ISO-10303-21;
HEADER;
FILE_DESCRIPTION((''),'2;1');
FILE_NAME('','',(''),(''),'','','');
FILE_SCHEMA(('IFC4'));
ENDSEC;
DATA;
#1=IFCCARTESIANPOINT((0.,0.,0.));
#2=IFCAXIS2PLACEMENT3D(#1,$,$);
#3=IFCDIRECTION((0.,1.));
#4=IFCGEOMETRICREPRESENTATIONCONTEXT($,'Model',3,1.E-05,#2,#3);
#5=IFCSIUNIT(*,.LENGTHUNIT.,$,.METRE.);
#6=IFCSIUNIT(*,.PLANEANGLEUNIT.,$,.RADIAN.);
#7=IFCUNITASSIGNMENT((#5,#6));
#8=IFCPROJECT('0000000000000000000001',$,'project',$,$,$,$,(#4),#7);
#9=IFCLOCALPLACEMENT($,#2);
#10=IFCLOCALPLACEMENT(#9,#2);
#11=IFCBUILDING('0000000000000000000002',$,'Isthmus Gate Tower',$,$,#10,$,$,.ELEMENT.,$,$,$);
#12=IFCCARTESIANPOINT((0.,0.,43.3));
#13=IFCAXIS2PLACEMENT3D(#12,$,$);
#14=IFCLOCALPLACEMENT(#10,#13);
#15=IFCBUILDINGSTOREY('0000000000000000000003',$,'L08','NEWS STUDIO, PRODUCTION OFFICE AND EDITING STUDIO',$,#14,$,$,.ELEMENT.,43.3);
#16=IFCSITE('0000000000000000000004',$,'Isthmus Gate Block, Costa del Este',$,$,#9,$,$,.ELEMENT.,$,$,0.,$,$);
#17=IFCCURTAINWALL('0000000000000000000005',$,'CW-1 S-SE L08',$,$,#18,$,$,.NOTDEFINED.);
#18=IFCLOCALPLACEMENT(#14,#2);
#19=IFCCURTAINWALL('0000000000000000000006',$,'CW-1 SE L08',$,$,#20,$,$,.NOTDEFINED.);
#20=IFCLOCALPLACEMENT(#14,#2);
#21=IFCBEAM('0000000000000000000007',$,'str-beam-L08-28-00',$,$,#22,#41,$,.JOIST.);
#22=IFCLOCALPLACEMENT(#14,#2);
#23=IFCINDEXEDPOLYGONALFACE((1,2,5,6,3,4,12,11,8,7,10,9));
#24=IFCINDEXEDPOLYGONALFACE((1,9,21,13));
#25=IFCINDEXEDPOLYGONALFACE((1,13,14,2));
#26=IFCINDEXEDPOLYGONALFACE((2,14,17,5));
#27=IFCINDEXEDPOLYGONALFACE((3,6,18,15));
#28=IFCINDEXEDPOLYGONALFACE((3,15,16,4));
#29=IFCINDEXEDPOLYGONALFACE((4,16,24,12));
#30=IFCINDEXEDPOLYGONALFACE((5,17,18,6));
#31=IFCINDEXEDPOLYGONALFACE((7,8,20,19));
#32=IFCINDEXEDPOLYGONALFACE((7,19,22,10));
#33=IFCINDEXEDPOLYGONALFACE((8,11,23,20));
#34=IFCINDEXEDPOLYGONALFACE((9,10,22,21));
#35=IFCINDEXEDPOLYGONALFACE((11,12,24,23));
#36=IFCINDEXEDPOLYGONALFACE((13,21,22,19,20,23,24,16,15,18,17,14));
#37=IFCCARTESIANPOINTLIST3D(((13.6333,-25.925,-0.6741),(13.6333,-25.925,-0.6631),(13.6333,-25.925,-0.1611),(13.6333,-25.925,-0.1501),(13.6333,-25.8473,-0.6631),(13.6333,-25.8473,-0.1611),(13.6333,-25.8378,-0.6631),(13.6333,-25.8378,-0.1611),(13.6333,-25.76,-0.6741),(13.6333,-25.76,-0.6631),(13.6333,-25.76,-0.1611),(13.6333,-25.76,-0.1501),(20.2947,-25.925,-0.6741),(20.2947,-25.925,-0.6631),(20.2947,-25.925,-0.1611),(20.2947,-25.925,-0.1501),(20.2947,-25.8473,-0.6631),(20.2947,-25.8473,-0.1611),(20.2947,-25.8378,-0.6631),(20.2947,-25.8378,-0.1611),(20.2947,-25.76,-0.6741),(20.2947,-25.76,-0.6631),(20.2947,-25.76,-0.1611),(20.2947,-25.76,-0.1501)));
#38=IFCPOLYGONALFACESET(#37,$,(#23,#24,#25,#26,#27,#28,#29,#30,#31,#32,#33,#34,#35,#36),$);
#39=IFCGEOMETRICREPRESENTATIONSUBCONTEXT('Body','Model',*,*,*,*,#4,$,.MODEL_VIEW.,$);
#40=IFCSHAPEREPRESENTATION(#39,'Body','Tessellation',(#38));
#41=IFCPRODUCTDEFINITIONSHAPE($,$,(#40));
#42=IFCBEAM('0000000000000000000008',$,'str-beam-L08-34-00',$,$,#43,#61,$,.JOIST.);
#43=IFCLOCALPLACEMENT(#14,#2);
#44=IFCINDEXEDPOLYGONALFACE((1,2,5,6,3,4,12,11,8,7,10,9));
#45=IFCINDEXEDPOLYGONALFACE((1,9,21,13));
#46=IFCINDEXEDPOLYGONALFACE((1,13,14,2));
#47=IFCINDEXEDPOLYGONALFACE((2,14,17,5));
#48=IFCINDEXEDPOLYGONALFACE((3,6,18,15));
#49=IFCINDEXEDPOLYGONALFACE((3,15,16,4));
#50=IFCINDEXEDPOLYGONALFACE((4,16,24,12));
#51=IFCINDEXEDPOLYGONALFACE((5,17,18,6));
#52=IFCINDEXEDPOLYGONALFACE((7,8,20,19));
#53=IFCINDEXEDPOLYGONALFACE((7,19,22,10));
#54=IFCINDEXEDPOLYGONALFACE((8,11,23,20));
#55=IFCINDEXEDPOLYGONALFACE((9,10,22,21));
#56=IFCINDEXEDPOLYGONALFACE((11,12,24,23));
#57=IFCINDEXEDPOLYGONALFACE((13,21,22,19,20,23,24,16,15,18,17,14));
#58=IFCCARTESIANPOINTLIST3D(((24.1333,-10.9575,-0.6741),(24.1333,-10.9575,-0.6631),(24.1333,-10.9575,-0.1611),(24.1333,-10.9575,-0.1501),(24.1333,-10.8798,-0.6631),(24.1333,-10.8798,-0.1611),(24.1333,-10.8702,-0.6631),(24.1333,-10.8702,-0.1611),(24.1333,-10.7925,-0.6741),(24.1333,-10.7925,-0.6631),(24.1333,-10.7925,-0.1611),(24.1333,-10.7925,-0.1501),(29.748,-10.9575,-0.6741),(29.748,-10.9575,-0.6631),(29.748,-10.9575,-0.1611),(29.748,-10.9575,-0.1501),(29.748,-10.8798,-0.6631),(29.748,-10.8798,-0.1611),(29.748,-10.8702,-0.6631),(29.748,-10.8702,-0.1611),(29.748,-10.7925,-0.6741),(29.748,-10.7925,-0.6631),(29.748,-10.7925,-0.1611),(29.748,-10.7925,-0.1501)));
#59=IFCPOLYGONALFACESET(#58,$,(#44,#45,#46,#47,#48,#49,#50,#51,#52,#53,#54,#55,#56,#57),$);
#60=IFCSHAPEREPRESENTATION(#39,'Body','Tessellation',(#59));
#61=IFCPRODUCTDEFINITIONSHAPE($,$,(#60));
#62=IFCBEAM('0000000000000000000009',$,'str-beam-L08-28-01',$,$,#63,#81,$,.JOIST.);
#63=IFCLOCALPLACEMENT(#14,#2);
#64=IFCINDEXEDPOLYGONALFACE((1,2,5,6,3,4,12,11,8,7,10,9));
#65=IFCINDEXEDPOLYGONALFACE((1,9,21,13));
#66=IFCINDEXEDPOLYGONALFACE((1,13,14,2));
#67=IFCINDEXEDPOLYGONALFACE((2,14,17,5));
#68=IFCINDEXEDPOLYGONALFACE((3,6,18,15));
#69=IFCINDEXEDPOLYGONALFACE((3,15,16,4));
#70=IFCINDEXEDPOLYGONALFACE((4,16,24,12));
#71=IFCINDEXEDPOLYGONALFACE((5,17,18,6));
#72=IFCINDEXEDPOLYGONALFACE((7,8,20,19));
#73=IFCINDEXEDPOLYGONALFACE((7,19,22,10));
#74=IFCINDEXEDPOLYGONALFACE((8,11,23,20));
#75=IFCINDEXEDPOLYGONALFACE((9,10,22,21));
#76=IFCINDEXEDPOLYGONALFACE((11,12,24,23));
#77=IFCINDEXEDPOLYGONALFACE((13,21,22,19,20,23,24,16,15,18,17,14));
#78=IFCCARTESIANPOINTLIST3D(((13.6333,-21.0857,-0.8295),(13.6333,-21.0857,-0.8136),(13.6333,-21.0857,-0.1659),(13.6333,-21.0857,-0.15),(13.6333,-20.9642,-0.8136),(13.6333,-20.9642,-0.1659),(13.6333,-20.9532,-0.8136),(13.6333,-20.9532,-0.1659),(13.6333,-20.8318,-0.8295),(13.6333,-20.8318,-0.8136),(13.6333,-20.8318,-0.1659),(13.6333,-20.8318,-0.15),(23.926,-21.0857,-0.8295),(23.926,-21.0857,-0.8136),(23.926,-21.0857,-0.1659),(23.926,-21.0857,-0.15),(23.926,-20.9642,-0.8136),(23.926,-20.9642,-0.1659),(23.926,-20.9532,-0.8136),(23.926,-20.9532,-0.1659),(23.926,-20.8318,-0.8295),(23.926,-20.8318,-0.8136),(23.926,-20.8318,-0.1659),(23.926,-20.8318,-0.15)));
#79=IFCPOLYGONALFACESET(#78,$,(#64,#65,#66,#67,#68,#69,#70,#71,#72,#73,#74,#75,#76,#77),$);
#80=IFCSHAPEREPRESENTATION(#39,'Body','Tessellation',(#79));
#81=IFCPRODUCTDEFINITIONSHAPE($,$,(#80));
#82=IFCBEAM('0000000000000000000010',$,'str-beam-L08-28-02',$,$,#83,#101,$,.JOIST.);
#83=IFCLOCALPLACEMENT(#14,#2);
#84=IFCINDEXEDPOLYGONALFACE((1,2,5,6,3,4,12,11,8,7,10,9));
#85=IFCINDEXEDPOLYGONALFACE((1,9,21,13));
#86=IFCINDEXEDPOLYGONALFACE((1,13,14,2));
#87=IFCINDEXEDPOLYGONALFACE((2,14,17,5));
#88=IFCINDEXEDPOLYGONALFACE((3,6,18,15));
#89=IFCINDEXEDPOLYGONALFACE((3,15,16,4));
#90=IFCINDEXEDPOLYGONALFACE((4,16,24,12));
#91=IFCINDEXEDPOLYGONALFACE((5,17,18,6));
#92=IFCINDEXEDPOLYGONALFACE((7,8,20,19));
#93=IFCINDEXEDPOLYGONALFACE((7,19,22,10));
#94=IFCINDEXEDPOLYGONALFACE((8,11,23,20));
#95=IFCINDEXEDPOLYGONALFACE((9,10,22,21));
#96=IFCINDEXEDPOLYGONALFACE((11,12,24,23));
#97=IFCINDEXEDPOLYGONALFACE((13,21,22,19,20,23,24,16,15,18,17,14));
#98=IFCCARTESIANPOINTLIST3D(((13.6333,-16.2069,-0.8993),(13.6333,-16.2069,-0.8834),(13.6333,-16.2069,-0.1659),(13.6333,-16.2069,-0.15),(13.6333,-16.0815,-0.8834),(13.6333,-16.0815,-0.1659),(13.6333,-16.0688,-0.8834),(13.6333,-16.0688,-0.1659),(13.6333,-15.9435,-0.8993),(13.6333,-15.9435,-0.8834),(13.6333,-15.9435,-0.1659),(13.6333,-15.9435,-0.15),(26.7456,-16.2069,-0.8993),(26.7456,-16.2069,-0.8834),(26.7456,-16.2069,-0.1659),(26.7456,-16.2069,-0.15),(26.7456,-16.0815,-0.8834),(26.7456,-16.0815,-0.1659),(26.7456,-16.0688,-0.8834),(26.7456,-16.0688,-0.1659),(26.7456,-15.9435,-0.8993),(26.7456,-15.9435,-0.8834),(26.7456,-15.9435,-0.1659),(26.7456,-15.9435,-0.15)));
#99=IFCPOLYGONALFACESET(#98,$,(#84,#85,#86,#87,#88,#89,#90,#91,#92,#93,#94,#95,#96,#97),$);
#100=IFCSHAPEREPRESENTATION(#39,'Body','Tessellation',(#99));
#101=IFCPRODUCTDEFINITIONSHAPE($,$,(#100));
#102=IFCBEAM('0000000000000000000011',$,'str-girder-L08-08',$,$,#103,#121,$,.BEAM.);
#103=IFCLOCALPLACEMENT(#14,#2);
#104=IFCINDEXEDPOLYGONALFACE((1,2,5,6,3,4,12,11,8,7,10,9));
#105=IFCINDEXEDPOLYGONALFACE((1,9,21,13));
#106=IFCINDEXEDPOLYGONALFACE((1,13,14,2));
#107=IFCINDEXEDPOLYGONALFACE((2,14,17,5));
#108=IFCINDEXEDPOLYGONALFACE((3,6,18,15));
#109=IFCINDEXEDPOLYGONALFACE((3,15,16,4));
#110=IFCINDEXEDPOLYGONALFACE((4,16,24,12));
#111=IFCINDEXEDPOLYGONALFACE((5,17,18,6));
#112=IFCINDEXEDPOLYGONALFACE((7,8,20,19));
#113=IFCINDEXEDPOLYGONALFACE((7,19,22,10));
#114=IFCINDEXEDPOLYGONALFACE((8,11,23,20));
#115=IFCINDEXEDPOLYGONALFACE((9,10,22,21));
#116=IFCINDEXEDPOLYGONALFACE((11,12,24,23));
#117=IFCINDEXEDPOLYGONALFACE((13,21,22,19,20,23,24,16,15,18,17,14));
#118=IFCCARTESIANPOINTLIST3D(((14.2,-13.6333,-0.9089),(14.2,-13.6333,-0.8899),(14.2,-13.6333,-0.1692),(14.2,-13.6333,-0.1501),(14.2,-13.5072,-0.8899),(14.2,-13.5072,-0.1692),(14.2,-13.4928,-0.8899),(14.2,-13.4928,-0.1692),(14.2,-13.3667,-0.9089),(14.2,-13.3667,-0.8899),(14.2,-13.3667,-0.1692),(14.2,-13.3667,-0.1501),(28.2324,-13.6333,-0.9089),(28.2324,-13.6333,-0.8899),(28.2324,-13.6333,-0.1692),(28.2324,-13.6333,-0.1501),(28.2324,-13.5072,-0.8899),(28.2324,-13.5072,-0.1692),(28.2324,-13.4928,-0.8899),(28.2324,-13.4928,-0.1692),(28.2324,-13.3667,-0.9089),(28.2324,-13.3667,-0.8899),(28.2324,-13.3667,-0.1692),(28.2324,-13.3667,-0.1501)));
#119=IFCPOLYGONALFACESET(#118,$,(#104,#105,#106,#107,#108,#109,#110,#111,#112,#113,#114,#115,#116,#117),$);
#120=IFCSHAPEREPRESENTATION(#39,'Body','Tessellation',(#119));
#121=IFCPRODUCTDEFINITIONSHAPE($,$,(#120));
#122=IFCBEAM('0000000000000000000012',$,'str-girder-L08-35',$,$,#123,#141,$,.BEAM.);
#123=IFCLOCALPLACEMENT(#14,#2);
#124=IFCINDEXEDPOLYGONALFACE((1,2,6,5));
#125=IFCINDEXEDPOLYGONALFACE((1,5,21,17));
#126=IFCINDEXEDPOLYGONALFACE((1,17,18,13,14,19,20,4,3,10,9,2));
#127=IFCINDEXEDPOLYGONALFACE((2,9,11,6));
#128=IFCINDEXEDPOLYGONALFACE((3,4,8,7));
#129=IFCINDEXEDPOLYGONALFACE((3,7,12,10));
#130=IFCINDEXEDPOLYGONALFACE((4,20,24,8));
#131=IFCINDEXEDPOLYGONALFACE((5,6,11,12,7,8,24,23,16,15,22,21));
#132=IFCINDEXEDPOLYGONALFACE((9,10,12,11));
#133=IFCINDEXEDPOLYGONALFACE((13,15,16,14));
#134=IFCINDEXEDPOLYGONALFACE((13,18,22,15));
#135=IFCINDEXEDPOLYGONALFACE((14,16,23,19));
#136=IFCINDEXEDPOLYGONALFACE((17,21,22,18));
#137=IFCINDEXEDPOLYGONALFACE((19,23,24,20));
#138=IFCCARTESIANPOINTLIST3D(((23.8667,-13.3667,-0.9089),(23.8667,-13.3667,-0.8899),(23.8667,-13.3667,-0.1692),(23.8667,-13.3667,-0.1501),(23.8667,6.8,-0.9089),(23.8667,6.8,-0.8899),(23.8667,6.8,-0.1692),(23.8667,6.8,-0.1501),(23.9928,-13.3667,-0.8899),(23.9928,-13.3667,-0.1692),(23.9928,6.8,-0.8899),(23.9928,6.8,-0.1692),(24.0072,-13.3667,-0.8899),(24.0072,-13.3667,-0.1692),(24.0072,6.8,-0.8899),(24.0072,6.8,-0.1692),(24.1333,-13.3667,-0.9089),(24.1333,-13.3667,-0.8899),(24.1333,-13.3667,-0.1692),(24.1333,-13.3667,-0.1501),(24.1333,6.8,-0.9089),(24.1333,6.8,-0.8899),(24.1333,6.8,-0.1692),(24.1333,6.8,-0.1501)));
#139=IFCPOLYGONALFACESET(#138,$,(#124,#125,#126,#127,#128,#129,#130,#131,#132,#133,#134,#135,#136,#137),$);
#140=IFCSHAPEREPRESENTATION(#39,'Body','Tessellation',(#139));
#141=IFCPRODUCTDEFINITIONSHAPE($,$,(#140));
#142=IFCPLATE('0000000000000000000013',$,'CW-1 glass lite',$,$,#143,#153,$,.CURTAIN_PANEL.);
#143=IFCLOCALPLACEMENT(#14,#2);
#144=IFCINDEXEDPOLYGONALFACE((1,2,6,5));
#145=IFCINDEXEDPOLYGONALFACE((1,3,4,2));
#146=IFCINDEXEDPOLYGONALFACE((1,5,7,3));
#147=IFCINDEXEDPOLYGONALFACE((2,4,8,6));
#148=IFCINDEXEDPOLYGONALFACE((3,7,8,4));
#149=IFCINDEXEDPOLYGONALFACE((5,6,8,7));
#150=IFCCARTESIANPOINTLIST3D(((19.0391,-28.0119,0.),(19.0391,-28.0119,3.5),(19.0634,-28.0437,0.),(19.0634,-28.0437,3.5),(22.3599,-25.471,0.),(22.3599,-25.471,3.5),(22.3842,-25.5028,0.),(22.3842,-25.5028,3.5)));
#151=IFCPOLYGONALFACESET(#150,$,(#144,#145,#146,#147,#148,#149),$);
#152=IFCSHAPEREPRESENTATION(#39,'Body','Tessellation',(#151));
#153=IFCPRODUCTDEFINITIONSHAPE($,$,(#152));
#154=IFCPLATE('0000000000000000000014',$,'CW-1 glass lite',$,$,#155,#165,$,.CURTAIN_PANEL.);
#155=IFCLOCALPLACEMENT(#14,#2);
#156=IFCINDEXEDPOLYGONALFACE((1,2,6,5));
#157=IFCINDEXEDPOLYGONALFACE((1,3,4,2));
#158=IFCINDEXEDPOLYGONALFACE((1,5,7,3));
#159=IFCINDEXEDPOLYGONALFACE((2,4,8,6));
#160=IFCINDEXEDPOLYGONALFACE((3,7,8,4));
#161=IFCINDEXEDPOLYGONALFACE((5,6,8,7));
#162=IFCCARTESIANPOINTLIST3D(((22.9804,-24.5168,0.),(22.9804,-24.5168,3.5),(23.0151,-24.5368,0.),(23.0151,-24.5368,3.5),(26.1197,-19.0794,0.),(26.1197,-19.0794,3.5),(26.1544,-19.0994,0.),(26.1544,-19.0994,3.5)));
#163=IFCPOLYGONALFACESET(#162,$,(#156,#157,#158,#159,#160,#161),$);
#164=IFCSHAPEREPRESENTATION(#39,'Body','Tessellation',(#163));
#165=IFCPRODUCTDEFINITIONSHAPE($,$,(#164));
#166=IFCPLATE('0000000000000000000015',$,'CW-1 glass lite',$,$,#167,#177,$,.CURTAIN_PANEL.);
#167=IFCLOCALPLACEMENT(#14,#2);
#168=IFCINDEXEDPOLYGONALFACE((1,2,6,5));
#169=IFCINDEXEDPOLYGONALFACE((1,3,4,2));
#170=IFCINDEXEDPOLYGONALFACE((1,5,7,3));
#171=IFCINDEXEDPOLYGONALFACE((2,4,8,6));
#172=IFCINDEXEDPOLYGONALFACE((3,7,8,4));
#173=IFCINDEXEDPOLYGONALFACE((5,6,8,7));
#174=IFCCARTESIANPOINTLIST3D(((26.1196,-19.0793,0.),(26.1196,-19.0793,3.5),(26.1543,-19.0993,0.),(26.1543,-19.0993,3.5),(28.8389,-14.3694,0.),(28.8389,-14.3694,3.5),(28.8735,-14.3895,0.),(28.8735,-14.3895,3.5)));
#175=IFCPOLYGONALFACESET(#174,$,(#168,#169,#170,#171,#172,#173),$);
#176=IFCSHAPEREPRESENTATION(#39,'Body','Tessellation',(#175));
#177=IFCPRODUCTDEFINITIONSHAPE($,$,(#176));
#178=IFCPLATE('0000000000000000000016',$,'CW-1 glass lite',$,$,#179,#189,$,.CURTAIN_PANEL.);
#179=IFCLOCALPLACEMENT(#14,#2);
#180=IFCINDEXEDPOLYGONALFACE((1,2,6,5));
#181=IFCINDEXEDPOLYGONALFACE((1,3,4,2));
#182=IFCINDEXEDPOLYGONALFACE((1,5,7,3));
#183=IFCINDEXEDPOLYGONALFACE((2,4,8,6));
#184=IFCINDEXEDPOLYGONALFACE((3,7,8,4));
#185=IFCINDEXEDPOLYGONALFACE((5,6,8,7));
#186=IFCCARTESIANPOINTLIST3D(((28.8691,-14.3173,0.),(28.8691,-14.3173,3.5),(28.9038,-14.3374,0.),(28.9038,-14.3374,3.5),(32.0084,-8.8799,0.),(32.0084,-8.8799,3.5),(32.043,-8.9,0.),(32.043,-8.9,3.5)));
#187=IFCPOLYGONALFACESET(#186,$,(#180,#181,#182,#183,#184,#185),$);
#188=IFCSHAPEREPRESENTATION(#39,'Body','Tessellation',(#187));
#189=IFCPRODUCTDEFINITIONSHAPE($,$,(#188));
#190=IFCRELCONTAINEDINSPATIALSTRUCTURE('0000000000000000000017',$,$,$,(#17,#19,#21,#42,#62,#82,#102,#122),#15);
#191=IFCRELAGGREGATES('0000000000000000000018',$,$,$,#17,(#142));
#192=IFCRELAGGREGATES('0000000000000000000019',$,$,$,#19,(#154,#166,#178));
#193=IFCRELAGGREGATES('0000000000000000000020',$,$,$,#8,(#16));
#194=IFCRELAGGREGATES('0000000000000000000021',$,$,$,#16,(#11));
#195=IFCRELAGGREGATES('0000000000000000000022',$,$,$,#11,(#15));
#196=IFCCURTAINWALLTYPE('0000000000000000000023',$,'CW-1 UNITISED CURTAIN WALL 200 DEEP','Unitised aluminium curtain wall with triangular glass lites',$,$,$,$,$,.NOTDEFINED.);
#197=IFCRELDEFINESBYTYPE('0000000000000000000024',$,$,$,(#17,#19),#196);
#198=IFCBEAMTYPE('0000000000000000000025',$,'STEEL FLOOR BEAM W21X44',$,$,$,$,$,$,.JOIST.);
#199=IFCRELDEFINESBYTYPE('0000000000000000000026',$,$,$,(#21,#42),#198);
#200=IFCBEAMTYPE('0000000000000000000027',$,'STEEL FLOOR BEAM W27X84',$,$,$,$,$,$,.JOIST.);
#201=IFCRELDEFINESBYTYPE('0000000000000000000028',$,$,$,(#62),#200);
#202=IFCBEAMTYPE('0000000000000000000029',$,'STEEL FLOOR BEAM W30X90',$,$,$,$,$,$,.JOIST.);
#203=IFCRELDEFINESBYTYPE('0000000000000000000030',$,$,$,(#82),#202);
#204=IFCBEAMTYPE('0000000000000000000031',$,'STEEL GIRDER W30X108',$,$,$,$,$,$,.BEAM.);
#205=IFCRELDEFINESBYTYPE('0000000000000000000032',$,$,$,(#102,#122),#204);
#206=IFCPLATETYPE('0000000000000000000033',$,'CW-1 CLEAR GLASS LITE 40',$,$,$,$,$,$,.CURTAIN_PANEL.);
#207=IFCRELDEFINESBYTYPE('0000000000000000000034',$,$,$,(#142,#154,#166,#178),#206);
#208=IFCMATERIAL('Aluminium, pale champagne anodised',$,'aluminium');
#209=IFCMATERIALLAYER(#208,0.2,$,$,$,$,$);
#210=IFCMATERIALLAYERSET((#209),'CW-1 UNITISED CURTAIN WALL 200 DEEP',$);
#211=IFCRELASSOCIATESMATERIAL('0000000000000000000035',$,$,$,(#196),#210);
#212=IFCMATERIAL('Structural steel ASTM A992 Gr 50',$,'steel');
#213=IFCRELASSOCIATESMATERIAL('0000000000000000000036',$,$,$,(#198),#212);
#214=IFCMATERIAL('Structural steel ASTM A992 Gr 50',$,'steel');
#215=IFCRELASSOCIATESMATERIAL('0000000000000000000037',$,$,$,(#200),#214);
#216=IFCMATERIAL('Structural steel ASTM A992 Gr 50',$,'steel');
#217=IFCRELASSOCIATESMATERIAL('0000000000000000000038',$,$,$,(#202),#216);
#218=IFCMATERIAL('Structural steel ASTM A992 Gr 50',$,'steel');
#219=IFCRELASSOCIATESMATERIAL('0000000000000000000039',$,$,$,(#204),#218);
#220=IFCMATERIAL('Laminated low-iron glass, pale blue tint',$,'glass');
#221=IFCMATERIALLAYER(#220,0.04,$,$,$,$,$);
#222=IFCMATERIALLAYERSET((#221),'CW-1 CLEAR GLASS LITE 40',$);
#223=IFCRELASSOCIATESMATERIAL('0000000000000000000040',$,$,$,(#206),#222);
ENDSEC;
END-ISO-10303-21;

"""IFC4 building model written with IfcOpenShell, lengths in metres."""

from ifc_helpers import new_model, si_unit, direction, frame, origin, origin_2d, place, context, subcontext, project, spatial, rectangle, i_section, extrude, material, layer, layer_set, material_profile, profile_set, type_object, element, aggregate, save


model = new_model("IFC4")

# Units and contexts
model_context = context("Model", 3, precision=1e-05, world=origin(), true_north=direction((0.0, 1.0)))
body_context = subcontext(model_context, "Body", "Model", "MODEL_VIEW")
ifc_project = project(units=[si_unit("LENGTHUNIT", "METRE"), si_unit("PLANEANGLEUNIT", "RADIAN")], contexts=[model_context])

# Site, building, storey
site_placement = place(None, origin())
site = spatial("IfcSite", under=ifc_project, at=site_placement, Name="Isthmus Gate Block, Costa del Este", CompositionType="ELEMENT", RefElevation=0.0)
building_placement = place(site_placement, origin())
building = spatial("IfcBuilding", under=site, at=building_placement, Name="Isthmus Gate Tower", CompositionType="ELEMENT")
storey_placement = place(building_placement, frame((0.0, 0.0, 43.3)))
storey = spatial("IfcBuildingStorey", under=building, at=storey_placement, Name="L08", Description="NEWS STUDIO, PRODUCTION OFFICE AND EDITING STUDIO", CompositionType="ELEMENT", Elevation=43.3)

# Curtain wall
ifc_material_1 = material(Name="Aluminium, pale champagne anodised", Category="aluminium")
ifc_layer_1 = layer(ifc_material_1, 0.2)
ifc_layer_set_1 = layer_set([ifc_layer_1], Name="CW-1 UNITISED CURTAIN WALL 200 DEEP")
curtain_wall_type = type_object("IfcCurtainWallType", Name="CW-1 UNITISED CURTAIN WALL 200 DEEP", Description="Unitised aluminium curtain wall with triangular glass lites", PredefinedType="NOTDEFINED", material=ifc_layer_set_1)
curtain_wall_1_placement = place(storey_placement, origin())
curtain_wall_1 = element("IfcCurtainWall", 1, at=curtain_wall_1_placement, inside=storey, type_object=curtain_wall_type, Name="CW-1 S-SE L08", PredefinedType="NOTDEFINED")

# Curtain wall
curtain_wall_2_placement = place(storey_placement, origin())
curtain_wall_2 = element("IfcCurtainWall", 2, at=curtain_wall_2_placement, inside=storey, type_object=curtain_wall_type, Name="CW-1 SE L08", PredefinedType="NOTDEFINED")

# Beams
ifc_material_2 = material(Name="Structural steel ASTM A992 Gr 50", Category="steel")
ifc_material_profile_1 = material_profile(ifc_material_2, i_section(OverallWidth=0.165, OverallDepth=0.5239, WebThickness=0.0095, FlangeThickness=0.011, at=origin_2d()), Name="W21X44")
ifc_profile_set_1 = profile_set([ifc_material_profile_1], Name="Structural steel ASTM A992 Gr 50")
beam_type_1 = type_object("IfcBeamType", Name="STEEL FLOOR BEAM W21X44", PredefinedType="JOIST", material=ifc_profile_set_1)
beam_1_placement = place(storey_placement, frame((13.6333, -25.8425, -0.4121), z_axis=(1.0, 0.0, 0.0), x_axis=(0.0, 1.0, 0.0)))
element("IfcBeam", 3, at=beam_1_placement, inside=storey, type_object=beam_type_1, Name="str-beam-L08-28-00", PredefinedType="JOIST", context=body_context, shape_type="SweptSolid", body=[
    extrude(i_section(OverallWidth=0.165, OverallDepth=0.5239, WebThickness=0.0095, FlangeThickness=0.011, at=origin_2d()), origin(), (0.0, 0.0, 1.0), 6.6614),
])
beam_2_placement = place(storey_placement, frame((24.1333, -10.875, -0.4121), z_axis=(1.0, 0.0, 0.0), x_axis=(0.0, 1.0, 0.0)))
element("IfcBeam", 4, at=beam_2_placement, inside=storey, type_object=beam_type_1, Name="str-beam-L08-34-00", PredefinedType="JOIST", context=body_context, shape_type="SweptSolid", body=[
    extrude(i_section(OverallWidth=0.165, OverallDepth=0.5239, WebThickness=0.0095, FlangeThickness=0.011, at=origin_2d()), origin(), (0.0, 0.0, 1.0), 5.6147),
])
ifc_material_3 = material(Name="Structural steel ASTM A992 Gr 50", Category="steel")
ifc_material_profile_2 = material_profile(ifc_material_3, i_section(OverallWidth=0.2539, OverallDepth=0.6794, WebThickness=0.011, FlangeThickness=0.0159, at=origin_2d()), Name="W27X84")
ifc_profile_set_2 = profile_set([ifc_material_profile_2], Name="Structural steel ASTM A992 Gr 50")
beam_type_2 = type_object("IfcBeamType", Name="STEEL FLOOR BEAM W27X84", PredefinedType="JOIST", material=ifc_profile_set_2)
beam_3_placement = place(storey_placement, frame((13.6333, -20.9587, -0.4897), z_axis=(1.0, 0.0, 0.0), x_axis=(0.0, 1.0, 0.0)))
element("IfcBeam", 5, at=beam_3_placement, inside=storey, type_object=beam_type_2, Name="str-beam-L08-28-01", PredefinedType="JOIST", context=body_context, shape_type="SweptSolid", body=[
    extrude(i_section(OverallWidth=0.2539, OverallDepth=0.6794, WebThickness=0.011, FlangeThickness=0.0159, at=origin_2d()), origin(), (0.0, 0.0, 1.0), 10.2927),
])
ifc_material_4 = material(Name="Structural steel ASTM A992 Gr 50", Category="steel")
ifc_material_profile_3 = material_profile(ifc_material_4, i_section(OverallWidth=0.2634, OverallDepth=0.7493, WebThickness=0.0127, FlangeThickness=0.0159, at=origin_2d()), Name="W30X90")
ifc_profile_set_3 = profile_set([ifc_material_profile_3], Name="Structural steel ASTM A992 Gr 50")
beam_type_3 = type_object("IfcBeamType", Name="STEEL FLOOR BEAM W30X90", PredefinedType="JOIST", material=ifc_profile_set_3)
beam_4_placement = place(storey_placement, frame((13.6333, -16.0752, -0.5247), z_axis=(1.0, 0.0, 0.0), x_axis=(0.0, 1.0, 0.0)))
element("IfcBeam", 6, at=beam_4_placement, inside=storey, type_object=beam_type_3, Name="str-beam-L08-28-02", PredefinedType="JOIST", context=body_context, shape_type="SweptSolid", body=[
    extrude(i_section(OverallWidth=0.2634, OverallDepth=0.7493, WebThickness=0.0127, FlangeThickness=0.0159, at=origin_2d()), origin(), (0.0, 0.0, 1.0), 13.1123),
])
ifc_material_5 = material(Name="Structural steel ASTM A992 Gr 50", Category="steel")
ifc_material_profile_4 = material_profile(ifc_material_5, i_section(OverallWidth=0.2666, OverallDepth=0.7588, WebThickness=0.0144, FlangeThickness=0.019, at=origin_2d()), Name="W30X108")
ifc_profile_set_4 = profile_set([ifc_material_profile_4], Name="Structural steel ASTM A992 Gr 50")
beam_type_4 = type_object("IfcBeamType", Name="STEEL GIRDER W30X108", PredefinedType="BEAM", material=ifc_profile_set_4)
beam_5_placement = place(storey_placement, frame((14.2, -13.5, -0.5295), z_axis=(1.0, 0.0, 0.0), x_axis=(0.0, 1.0, 0.0)))
element("IfcBeam", 7, at=beam_5_placement, inside=storey, type_object=beam_type_4, Name="str-girder-L08-08", PredefinedType="BEAM", context=body_context, shape_type="SweptSolid", body=[
    extrude(i_section(OverallWidth=0.2666, OverallDepth=0.7588, WebThickness=0.0144, FlangeThickness=0.019, at=origin_2d()), origin(), (0.0, 0.0, 1.0), 14.0325),
])
beam_6_placement = place(storey_placement, frame((24.0, -13.3667, -0.5295), z_axis=(0.0, 1.0, 0.0), x_axis=(-1.0, 0.0, 0.0)))
element("IfcBeam", 8, at=beam_6_placement, inside=storey, type_object=beam_type_4, Name="str-girder-L08-35", PredefinedType="BEAM", context=body_context, shape_type="SweptSolid", body=[
    extrude(i_section(OverallWidth=0.2666, OverallDepth=0.7588, WebThickness=0.0144, FlangeThickness=0.019, at=origin_2d()), origin(), (0.0, 0.0, 1.0), 20.1667),
])

# Plates
ifc_material_6 = material(Name="Laminated low-iron glass, pale blue tint", Category="glass")
ifc_layer_2 = layer(ifc_material_6, 0.04)
ifc_layer_set_2 = layer_set([ifc_layer_2], Name="CW-1 CLEAR GLASS LITE 40")
plate_type = type_object("IfcPlateType", Name="CW-1 CLEAR GLASS LITE 40", PredefinedType="CURTAIN_PANEL", material=ifc_layer_set_2)
plate_1_placement = place(storey_placement, frame((20.7117, -26.7573, 0.0), z_axis=(0.0, 0.0, 1.0), x_axis=(0.794189, 0.607671, 0.0)))
plate_1 = element("IfcPlate", 9, at=plate_1_placement, type_object=plate_type, Name="CW-1 glass lite", PredefinedType="CURTAIN_PANEL", context=body_context, shape_type="SweptSolid", body=[
    extrude(rectangle(XDim=4.1814, YDim=0.04, at=origin_2d()), origin(), (0.0, 0.0, 1.0), 3.5),
])
aggregate(curtain_wall_1, [plate_1])
plate_2_placement = place(storey_placement, frame((24.5674, -21.8081, 0.0), z_axis=(0.0, 0.0, 1.0), x_axis=(0.5, 0.866025, 0.0)))
plate_2 = element("IfcPlate", 10, at=plate_2_placement, type_object=plate_type, Name="CW-1 glass lite", PredefinedType="CURTAIN_PANEL", context=body_context, shape_type="SweptSolid", body=[
    extrude(rectangle(XDim=6.2786, YDim=0.04, at=origin_2d()), origin(), (0.0, 0.0, 1.0), 3.5),
])
plate_3_placement = place(storey_placement, frame((27.4966, -16.7344, 0.0), z_axis=(0.0, 0.0, 1.0), x_axis=(0.5, 0.866025, 0.0)))
plate_3 = element("IfcPlate", 11, at=plate_3_placement, type_object=plate_type, Name="CW-1 glass lite", PredefinedType="CURTAIN_PANEL", context=body_context, shape_type="SweptSolid", body=[
    extrude(rectangle(XDim=5.4385, YDim=0.04, at=origin_2d()), origin(), (0.0, 0.0, 1.0), 3.5),
])
plate_4_placement = place(storey_placement, frame((30.4561, -11.6086, 0.0), z_axis=(0.0, 0.0, 1.0), x_axis=(0.5, 0.866025, 0.0)))
plate_4 = element("IfcPlate", 12, at=plate_4_placement, type_object=plate_type, Name="CW-1 glass lite", PredefinedType="CURTAIN_PANEL", context=body_context, shape_type="SweptSolid", body=[
    extrude(rectangle(XDim=6.2786, YDim=0.04, at=origin_2d()), origin(), (0.0, 0.0, 1.0), 3.5),
])
aggregate(curtain_wall_2, [plate_2, plate_3, plate_4])

save(model, "model.ifc")
